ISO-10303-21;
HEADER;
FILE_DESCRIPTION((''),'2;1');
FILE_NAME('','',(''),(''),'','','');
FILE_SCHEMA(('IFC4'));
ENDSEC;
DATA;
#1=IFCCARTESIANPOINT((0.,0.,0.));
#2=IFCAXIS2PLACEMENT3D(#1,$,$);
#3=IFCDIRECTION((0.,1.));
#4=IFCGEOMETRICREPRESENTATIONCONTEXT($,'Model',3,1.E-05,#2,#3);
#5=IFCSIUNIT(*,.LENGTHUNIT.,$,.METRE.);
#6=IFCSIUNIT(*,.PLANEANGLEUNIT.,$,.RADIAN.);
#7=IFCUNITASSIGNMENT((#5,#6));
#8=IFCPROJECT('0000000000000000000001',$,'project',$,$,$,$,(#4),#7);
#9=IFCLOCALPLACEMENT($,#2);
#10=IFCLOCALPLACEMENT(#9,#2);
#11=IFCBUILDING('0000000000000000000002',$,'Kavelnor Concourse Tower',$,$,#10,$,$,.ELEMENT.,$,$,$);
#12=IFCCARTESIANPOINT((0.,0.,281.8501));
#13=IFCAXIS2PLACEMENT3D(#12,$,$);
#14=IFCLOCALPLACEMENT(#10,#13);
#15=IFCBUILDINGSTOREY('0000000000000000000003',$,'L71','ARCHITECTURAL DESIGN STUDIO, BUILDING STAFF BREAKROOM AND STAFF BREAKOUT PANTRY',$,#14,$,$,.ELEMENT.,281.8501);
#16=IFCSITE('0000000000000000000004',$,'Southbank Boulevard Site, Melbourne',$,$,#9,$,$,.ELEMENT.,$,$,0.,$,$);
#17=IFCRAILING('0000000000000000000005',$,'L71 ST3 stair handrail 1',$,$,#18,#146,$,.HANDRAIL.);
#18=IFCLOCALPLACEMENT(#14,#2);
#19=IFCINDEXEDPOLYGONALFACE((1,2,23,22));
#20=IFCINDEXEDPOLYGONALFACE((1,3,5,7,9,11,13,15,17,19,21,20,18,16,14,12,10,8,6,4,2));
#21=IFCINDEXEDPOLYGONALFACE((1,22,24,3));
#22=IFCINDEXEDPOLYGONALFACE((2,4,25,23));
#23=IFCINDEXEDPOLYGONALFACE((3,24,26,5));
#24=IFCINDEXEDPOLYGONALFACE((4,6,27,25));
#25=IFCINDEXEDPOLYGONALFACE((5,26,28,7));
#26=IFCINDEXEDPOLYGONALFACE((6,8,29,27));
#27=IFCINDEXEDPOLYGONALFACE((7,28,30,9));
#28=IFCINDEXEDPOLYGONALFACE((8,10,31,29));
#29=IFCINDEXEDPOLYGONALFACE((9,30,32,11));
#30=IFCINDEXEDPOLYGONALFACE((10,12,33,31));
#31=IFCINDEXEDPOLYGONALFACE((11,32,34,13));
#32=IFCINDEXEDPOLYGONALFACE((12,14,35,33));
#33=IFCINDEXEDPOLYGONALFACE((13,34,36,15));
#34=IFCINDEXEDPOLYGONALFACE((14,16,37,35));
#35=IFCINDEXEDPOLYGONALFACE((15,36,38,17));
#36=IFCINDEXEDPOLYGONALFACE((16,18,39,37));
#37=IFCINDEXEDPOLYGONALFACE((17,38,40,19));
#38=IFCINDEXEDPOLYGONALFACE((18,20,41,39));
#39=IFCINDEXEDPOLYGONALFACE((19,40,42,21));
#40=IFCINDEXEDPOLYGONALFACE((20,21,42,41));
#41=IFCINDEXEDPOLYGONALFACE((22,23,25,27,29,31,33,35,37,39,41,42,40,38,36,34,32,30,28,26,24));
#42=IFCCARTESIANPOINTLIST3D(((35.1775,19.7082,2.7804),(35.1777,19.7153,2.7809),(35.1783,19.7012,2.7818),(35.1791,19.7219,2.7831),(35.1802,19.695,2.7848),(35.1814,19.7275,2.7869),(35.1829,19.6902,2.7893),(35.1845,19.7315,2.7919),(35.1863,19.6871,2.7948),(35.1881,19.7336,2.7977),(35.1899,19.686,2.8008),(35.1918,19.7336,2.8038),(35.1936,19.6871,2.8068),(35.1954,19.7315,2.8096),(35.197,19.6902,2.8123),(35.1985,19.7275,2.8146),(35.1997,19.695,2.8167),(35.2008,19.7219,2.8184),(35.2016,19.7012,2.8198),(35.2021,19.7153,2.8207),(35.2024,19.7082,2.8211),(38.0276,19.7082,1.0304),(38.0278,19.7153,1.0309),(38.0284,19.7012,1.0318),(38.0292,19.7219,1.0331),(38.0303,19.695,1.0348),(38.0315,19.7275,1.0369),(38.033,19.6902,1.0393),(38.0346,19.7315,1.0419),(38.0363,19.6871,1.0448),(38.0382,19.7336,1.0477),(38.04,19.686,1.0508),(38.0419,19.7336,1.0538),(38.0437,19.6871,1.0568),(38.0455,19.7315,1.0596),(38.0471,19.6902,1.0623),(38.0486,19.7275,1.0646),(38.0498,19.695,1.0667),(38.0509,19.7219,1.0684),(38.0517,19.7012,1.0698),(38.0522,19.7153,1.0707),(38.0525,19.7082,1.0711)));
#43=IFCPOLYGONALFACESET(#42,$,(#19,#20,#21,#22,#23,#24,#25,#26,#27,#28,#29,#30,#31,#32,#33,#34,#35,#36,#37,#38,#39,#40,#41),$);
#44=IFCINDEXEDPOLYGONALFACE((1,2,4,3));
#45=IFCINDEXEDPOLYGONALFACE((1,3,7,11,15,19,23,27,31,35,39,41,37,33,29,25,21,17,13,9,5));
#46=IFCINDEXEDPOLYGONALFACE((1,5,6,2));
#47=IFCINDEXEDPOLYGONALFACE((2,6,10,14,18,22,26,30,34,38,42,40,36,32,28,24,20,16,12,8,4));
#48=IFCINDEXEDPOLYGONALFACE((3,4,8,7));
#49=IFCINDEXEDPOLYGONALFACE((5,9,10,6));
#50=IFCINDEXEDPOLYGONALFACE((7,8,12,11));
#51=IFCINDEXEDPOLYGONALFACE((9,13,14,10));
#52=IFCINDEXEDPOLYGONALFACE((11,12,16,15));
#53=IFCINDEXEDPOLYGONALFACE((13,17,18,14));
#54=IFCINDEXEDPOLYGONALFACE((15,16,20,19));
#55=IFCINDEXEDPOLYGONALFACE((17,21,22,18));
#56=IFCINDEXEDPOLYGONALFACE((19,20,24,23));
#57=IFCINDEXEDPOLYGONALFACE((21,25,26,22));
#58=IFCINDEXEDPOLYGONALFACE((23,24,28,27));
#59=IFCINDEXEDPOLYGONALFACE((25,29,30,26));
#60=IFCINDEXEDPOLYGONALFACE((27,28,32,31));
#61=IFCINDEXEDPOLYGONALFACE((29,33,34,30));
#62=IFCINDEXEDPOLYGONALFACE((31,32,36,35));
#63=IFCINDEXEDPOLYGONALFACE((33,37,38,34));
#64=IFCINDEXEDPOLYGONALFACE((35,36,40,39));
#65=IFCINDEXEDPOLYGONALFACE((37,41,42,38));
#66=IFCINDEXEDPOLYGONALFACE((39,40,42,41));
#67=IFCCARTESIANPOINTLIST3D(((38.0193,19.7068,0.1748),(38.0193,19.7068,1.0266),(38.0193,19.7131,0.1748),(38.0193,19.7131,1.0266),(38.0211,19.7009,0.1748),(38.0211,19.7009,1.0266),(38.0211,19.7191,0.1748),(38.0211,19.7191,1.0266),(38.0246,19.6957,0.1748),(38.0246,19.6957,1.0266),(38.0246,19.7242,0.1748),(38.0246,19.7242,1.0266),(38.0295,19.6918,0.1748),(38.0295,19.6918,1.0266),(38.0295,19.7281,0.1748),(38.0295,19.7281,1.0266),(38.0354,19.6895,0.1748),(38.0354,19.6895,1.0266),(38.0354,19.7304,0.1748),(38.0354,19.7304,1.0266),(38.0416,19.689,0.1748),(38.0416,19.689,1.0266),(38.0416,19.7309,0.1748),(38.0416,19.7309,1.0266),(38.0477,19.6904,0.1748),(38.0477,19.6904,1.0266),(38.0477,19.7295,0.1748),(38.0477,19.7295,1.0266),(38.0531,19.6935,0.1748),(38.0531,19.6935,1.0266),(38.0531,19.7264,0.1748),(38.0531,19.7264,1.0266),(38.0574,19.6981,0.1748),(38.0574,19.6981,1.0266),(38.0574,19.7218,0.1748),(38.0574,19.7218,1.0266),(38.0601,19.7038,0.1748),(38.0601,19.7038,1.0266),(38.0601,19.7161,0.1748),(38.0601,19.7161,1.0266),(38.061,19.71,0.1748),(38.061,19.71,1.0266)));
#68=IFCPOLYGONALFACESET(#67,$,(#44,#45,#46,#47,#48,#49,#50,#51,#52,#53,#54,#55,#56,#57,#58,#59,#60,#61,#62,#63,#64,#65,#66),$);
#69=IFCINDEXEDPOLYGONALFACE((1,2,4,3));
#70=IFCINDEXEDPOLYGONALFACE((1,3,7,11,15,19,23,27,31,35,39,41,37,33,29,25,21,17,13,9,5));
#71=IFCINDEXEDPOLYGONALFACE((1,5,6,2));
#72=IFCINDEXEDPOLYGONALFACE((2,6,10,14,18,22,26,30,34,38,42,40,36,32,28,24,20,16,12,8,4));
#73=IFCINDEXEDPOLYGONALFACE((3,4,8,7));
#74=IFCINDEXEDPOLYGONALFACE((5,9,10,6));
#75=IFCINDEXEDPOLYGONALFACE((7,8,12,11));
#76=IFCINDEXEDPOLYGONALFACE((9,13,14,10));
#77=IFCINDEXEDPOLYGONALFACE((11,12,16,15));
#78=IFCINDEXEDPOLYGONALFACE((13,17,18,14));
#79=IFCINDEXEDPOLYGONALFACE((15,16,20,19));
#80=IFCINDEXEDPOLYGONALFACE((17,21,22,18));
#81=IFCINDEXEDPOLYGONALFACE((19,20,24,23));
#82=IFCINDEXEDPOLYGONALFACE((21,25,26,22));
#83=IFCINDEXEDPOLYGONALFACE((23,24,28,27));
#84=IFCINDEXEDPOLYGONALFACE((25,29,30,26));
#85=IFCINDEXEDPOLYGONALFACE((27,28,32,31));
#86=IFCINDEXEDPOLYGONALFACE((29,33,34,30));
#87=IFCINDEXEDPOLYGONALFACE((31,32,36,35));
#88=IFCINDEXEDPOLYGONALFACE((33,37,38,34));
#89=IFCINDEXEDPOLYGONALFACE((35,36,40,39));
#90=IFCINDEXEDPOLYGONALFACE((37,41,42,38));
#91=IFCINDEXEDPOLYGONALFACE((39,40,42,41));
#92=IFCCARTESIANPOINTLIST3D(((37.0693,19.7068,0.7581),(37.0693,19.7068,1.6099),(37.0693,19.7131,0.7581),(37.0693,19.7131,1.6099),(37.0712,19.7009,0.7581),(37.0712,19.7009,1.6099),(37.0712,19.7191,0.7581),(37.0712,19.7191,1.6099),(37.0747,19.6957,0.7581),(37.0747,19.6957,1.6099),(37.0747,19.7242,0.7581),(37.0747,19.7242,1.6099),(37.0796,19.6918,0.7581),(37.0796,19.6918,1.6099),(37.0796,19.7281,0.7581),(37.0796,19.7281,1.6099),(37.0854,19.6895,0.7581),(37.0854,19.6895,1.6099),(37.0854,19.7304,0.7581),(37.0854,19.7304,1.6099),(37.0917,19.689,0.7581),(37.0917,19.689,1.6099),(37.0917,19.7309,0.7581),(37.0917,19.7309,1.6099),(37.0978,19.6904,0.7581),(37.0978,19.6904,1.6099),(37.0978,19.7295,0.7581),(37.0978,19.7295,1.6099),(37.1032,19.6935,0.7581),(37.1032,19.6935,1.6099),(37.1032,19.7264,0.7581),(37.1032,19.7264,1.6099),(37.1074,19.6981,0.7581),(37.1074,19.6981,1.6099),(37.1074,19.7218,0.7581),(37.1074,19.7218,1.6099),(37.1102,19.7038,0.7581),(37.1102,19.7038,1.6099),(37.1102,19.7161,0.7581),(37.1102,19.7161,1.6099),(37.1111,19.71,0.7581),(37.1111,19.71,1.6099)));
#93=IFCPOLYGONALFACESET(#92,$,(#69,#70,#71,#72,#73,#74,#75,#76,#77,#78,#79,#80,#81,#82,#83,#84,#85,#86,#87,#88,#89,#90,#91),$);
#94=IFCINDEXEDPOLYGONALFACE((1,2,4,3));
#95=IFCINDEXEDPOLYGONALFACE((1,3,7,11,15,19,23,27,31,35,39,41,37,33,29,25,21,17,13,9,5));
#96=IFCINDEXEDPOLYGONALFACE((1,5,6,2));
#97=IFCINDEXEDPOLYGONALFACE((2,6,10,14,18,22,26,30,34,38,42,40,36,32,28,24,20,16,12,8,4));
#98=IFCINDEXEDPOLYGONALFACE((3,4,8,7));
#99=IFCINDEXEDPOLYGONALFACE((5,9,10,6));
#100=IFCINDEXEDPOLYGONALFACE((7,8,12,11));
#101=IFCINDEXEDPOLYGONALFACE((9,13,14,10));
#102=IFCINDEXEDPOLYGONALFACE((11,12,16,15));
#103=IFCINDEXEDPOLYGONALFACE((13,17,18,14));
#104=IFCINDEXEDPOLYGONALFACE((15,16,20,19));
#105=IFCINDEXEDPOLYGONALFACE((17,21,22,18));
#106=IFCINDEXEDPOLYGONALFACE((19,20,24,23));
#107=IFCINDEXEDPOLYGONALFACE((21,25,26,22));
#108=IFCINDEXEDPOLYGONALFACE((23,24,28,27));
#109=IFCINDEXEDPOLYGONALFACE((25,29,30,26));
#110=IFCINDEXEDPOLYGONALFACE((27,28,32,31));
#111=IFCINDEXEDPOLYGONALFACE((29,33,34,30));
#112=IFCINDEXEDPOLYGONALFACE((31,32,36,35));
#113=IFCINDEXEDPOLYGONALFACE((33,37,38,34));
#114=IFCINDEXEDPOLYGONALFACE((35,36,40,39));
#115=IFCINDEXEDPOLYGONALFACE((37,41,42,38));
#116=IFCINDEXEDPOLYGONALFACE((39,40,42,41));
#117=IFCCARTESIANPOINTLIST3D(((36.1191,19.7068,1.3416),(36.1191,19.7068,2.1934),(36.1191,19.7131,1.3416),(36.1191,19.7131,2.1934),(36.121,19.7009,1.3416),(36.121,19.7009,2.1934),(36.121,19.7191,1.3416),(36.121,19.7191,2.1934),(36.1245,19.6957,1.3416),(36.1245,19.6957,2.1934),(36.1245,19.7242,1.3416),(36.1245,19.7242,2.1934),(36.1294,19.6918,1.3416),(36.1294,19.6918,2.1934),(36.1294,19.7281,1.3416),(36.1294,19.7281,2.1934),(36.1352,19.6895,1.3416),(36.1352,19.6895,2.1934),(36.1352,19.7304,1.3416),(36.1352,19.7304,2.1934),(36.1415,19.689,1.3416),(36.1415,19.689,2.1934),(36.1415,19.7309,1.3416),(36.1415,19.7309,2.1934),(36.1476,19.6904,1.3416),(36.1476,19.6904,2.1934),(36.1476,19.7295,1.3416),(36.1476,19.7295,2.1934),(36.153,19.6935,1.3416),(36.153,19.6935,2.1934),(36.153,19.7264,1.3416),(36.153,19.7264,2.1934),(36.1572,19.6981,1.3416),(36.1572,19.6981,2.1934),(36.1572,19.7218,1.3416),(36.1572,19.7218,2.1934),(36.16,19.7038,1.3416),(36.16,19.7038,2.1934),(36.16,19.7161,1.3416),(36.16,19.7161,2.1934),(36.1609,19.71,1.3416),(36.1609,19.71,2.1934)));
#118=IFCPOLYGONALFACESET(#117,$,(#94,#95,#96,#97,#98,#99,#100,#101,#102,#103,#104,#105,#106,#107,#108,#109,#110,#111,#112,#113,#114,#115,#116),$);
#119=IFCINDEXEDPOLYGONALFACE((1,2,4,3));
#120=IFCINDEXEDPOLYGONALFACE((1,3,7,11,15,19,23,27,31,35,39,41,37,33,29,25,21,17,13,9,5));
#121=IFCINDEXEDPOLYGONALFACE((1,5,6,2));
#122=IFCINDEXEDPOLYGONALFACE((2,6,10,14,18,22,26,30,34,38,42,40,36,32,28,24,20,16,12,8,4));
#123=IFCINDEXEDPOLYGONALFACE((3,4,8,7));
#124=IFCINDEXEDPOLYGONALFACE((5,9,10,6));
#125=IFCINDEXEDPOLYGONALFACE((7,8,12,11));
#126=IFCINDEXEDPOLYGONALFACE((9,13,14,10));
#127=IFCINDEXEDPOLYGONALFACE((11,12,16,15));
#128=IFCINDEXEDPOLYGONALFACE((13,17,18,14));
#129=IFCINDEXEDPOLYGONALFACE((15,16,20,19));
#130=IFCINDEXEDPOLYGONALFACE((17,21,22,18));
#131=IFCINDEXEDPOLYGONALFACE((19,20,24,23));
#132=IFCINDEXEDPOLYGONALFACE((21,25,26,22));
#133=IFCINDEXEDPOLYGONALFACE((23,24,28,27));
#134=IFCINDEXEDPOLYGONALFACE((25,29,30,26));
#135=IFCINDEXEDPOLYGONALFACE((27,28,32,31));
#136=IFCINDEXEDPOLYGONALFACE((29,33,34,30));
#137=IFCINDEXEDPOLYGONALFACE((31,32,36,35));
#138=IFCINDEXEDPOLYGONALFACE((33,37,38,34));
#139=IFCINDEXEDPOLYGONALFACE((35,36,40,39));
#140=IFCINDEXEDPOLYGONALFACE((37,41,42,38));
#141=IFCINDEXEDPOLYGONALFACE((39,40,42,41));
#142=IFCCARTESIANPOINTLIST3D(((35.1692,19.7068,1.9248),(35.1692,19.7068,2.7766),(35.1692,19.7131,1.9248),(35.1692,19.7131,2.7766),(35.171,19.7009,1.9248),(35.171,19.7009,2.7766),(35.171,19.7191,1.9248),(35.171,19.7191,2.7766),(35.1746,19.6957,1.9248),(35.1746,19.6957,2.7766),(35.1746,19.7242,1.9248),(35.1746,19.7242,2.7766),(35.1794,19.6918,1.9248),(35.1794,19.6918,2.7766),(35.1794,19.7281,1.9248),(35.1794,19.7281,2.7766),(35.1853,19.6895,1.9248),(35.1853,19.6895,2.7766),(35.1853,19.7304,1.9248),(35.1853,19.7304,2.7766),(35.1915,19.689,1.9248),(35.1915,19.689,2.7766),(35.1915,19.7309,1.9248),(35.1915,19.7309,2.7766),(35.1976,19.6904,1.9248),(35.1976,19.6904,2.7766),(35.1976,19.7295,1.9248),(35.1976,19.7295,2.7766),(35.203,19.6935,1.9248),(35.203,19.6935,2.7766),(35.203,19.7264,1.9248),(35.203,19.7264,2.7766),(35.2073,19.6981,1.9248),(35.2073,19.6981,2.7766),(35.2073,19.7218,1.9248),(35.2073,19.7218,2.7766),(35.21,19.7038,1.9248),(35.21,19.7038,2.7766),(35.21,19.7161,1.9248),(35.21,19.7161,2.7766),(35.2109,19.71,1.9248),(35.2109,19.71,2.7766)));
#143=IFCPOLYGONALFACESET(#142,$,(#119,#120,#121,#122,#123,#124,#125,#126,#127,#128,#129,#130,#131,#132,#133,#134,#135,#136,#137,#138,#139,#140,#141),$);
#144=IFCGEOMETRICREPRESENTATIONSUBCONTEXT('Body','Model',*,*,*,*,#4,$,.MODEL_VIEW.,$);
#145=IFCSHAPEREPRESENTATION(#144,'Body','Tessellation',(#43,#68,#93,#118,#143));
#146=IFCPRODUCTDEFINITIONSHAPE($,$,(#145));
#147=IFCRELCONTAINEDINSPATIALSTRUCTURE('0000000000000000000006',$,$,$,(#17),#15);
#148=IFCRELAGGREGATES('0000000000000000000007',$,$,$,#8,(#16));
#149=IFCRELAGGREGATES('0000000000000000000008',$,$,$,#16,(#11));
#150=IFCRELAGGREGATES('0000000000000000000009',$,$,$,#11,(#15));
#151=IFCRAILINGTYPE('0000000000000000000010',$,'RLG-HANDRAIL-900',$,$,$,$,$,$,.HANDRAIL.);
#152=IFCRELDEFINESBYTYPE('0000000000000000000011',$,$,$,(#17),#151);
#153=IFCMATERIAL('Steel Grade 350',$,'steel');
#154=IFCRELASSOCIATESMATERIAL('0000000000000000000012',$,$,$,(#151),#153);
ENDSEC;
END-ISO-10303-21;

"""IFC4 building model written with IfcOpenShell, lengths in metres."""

from ifc_helpers import new_model, si_unit, direction, frame, origin, origin_2d, place, context, subcontext, project, spatial, circle, extrude, material, type_object, element, save


model = new_model("IFC4")

# Units and contexts
model_context = context("Model", 3, precision=1e-05, world=origin(), true_north=direction((0.0, 1.0)))
body_context = subcontext(model_context, "Body", "Model", "MODEL_VIEW")
ifc_project = project(units=[si_unit("LENGTHUNIT", "METRE"), si_unit("PLANEANGLEUNIT", "RADIAN")], contexts=[model_context])

# Site, building, storey
site_placement = place(None, origin())
site = spatial("IfcSite", under=ifc_project, at=site_placement, Name="Southbank Boulevard Site, Melbourne", CompositionType="ELEMENT", RefElevation=0.0)
building_placement = place(site_placement, origin())
building = spatial("IfcBuilding", under=site, at=building_placement, Name="Kavelnor Concourse Tower", CompositionType="ELEMENT")
storey_placement = place(building_placement, frame((0.0, 0.0, 281.8501)))
storey = spatial("IfcBuildingStorey", under=building, at=storey_placement, Name="L71", Description="ARCHITECTURAL DESIGN STUDIO, BUILDING STAFF BREAKROOM AND STAFF BREAKOUT PANTRY", CompositionType="ELEMENT", Elevation=281.8501)

# Shared definitions
ifc_material_1 = material(Name="Steel Grade 350", Category="steel")

# Railing
railing_type_1 = type_object("IfcRailingType", Name="RLG-HANDRAIL-900", PredefinedType="HANDRAIL", material=ifc_material_1)
railing_1_placement = place(storey_placement, frame((38.04, 19.71, 0.1748)))
element("IfcRailing", 1, at=railing_1_placement, inside=storey, type_object=railing_type_1, Name="L71 ST3 stair handrail 1", PredefinedType="HANDRAIL", context=body_context, shape_type="SweptSolid", body=[
    extrude(circle(Radius=0.0239, at=origin_2d()), frame((0.0, 0.0, 0.876), z_axis=(-0.852179, 0.0, 0.52325), x_axis=(0.0, -1.0, 0.0)), (0.0, 0.0, 1.0), 3.3445),
    extrude(circle(Radius=0.021, at=origin_2d()), origin(), (0.0, 0.0, 1.0), 0.8518),
    extrude(circle(Radius=0.021, at=origin_2d()), frame((-0.95, 0.0, 0.5833)), (0.0, 0.0, 1.0), 0.8518),
    extrude(circle(Radius=0.021, at=origin_2d()), frame((-1.9001, 0.0, 1.1667)), (0.0, 0.0, 1.0), 0.8518),
    extrude(circle(Radius=0.021, at=origin_2d()), frame((-2.8501, 0.0, 1.75)), (0.0, 0.0, 1.0), 0.8518),
])

save(model, "model.ifc")
